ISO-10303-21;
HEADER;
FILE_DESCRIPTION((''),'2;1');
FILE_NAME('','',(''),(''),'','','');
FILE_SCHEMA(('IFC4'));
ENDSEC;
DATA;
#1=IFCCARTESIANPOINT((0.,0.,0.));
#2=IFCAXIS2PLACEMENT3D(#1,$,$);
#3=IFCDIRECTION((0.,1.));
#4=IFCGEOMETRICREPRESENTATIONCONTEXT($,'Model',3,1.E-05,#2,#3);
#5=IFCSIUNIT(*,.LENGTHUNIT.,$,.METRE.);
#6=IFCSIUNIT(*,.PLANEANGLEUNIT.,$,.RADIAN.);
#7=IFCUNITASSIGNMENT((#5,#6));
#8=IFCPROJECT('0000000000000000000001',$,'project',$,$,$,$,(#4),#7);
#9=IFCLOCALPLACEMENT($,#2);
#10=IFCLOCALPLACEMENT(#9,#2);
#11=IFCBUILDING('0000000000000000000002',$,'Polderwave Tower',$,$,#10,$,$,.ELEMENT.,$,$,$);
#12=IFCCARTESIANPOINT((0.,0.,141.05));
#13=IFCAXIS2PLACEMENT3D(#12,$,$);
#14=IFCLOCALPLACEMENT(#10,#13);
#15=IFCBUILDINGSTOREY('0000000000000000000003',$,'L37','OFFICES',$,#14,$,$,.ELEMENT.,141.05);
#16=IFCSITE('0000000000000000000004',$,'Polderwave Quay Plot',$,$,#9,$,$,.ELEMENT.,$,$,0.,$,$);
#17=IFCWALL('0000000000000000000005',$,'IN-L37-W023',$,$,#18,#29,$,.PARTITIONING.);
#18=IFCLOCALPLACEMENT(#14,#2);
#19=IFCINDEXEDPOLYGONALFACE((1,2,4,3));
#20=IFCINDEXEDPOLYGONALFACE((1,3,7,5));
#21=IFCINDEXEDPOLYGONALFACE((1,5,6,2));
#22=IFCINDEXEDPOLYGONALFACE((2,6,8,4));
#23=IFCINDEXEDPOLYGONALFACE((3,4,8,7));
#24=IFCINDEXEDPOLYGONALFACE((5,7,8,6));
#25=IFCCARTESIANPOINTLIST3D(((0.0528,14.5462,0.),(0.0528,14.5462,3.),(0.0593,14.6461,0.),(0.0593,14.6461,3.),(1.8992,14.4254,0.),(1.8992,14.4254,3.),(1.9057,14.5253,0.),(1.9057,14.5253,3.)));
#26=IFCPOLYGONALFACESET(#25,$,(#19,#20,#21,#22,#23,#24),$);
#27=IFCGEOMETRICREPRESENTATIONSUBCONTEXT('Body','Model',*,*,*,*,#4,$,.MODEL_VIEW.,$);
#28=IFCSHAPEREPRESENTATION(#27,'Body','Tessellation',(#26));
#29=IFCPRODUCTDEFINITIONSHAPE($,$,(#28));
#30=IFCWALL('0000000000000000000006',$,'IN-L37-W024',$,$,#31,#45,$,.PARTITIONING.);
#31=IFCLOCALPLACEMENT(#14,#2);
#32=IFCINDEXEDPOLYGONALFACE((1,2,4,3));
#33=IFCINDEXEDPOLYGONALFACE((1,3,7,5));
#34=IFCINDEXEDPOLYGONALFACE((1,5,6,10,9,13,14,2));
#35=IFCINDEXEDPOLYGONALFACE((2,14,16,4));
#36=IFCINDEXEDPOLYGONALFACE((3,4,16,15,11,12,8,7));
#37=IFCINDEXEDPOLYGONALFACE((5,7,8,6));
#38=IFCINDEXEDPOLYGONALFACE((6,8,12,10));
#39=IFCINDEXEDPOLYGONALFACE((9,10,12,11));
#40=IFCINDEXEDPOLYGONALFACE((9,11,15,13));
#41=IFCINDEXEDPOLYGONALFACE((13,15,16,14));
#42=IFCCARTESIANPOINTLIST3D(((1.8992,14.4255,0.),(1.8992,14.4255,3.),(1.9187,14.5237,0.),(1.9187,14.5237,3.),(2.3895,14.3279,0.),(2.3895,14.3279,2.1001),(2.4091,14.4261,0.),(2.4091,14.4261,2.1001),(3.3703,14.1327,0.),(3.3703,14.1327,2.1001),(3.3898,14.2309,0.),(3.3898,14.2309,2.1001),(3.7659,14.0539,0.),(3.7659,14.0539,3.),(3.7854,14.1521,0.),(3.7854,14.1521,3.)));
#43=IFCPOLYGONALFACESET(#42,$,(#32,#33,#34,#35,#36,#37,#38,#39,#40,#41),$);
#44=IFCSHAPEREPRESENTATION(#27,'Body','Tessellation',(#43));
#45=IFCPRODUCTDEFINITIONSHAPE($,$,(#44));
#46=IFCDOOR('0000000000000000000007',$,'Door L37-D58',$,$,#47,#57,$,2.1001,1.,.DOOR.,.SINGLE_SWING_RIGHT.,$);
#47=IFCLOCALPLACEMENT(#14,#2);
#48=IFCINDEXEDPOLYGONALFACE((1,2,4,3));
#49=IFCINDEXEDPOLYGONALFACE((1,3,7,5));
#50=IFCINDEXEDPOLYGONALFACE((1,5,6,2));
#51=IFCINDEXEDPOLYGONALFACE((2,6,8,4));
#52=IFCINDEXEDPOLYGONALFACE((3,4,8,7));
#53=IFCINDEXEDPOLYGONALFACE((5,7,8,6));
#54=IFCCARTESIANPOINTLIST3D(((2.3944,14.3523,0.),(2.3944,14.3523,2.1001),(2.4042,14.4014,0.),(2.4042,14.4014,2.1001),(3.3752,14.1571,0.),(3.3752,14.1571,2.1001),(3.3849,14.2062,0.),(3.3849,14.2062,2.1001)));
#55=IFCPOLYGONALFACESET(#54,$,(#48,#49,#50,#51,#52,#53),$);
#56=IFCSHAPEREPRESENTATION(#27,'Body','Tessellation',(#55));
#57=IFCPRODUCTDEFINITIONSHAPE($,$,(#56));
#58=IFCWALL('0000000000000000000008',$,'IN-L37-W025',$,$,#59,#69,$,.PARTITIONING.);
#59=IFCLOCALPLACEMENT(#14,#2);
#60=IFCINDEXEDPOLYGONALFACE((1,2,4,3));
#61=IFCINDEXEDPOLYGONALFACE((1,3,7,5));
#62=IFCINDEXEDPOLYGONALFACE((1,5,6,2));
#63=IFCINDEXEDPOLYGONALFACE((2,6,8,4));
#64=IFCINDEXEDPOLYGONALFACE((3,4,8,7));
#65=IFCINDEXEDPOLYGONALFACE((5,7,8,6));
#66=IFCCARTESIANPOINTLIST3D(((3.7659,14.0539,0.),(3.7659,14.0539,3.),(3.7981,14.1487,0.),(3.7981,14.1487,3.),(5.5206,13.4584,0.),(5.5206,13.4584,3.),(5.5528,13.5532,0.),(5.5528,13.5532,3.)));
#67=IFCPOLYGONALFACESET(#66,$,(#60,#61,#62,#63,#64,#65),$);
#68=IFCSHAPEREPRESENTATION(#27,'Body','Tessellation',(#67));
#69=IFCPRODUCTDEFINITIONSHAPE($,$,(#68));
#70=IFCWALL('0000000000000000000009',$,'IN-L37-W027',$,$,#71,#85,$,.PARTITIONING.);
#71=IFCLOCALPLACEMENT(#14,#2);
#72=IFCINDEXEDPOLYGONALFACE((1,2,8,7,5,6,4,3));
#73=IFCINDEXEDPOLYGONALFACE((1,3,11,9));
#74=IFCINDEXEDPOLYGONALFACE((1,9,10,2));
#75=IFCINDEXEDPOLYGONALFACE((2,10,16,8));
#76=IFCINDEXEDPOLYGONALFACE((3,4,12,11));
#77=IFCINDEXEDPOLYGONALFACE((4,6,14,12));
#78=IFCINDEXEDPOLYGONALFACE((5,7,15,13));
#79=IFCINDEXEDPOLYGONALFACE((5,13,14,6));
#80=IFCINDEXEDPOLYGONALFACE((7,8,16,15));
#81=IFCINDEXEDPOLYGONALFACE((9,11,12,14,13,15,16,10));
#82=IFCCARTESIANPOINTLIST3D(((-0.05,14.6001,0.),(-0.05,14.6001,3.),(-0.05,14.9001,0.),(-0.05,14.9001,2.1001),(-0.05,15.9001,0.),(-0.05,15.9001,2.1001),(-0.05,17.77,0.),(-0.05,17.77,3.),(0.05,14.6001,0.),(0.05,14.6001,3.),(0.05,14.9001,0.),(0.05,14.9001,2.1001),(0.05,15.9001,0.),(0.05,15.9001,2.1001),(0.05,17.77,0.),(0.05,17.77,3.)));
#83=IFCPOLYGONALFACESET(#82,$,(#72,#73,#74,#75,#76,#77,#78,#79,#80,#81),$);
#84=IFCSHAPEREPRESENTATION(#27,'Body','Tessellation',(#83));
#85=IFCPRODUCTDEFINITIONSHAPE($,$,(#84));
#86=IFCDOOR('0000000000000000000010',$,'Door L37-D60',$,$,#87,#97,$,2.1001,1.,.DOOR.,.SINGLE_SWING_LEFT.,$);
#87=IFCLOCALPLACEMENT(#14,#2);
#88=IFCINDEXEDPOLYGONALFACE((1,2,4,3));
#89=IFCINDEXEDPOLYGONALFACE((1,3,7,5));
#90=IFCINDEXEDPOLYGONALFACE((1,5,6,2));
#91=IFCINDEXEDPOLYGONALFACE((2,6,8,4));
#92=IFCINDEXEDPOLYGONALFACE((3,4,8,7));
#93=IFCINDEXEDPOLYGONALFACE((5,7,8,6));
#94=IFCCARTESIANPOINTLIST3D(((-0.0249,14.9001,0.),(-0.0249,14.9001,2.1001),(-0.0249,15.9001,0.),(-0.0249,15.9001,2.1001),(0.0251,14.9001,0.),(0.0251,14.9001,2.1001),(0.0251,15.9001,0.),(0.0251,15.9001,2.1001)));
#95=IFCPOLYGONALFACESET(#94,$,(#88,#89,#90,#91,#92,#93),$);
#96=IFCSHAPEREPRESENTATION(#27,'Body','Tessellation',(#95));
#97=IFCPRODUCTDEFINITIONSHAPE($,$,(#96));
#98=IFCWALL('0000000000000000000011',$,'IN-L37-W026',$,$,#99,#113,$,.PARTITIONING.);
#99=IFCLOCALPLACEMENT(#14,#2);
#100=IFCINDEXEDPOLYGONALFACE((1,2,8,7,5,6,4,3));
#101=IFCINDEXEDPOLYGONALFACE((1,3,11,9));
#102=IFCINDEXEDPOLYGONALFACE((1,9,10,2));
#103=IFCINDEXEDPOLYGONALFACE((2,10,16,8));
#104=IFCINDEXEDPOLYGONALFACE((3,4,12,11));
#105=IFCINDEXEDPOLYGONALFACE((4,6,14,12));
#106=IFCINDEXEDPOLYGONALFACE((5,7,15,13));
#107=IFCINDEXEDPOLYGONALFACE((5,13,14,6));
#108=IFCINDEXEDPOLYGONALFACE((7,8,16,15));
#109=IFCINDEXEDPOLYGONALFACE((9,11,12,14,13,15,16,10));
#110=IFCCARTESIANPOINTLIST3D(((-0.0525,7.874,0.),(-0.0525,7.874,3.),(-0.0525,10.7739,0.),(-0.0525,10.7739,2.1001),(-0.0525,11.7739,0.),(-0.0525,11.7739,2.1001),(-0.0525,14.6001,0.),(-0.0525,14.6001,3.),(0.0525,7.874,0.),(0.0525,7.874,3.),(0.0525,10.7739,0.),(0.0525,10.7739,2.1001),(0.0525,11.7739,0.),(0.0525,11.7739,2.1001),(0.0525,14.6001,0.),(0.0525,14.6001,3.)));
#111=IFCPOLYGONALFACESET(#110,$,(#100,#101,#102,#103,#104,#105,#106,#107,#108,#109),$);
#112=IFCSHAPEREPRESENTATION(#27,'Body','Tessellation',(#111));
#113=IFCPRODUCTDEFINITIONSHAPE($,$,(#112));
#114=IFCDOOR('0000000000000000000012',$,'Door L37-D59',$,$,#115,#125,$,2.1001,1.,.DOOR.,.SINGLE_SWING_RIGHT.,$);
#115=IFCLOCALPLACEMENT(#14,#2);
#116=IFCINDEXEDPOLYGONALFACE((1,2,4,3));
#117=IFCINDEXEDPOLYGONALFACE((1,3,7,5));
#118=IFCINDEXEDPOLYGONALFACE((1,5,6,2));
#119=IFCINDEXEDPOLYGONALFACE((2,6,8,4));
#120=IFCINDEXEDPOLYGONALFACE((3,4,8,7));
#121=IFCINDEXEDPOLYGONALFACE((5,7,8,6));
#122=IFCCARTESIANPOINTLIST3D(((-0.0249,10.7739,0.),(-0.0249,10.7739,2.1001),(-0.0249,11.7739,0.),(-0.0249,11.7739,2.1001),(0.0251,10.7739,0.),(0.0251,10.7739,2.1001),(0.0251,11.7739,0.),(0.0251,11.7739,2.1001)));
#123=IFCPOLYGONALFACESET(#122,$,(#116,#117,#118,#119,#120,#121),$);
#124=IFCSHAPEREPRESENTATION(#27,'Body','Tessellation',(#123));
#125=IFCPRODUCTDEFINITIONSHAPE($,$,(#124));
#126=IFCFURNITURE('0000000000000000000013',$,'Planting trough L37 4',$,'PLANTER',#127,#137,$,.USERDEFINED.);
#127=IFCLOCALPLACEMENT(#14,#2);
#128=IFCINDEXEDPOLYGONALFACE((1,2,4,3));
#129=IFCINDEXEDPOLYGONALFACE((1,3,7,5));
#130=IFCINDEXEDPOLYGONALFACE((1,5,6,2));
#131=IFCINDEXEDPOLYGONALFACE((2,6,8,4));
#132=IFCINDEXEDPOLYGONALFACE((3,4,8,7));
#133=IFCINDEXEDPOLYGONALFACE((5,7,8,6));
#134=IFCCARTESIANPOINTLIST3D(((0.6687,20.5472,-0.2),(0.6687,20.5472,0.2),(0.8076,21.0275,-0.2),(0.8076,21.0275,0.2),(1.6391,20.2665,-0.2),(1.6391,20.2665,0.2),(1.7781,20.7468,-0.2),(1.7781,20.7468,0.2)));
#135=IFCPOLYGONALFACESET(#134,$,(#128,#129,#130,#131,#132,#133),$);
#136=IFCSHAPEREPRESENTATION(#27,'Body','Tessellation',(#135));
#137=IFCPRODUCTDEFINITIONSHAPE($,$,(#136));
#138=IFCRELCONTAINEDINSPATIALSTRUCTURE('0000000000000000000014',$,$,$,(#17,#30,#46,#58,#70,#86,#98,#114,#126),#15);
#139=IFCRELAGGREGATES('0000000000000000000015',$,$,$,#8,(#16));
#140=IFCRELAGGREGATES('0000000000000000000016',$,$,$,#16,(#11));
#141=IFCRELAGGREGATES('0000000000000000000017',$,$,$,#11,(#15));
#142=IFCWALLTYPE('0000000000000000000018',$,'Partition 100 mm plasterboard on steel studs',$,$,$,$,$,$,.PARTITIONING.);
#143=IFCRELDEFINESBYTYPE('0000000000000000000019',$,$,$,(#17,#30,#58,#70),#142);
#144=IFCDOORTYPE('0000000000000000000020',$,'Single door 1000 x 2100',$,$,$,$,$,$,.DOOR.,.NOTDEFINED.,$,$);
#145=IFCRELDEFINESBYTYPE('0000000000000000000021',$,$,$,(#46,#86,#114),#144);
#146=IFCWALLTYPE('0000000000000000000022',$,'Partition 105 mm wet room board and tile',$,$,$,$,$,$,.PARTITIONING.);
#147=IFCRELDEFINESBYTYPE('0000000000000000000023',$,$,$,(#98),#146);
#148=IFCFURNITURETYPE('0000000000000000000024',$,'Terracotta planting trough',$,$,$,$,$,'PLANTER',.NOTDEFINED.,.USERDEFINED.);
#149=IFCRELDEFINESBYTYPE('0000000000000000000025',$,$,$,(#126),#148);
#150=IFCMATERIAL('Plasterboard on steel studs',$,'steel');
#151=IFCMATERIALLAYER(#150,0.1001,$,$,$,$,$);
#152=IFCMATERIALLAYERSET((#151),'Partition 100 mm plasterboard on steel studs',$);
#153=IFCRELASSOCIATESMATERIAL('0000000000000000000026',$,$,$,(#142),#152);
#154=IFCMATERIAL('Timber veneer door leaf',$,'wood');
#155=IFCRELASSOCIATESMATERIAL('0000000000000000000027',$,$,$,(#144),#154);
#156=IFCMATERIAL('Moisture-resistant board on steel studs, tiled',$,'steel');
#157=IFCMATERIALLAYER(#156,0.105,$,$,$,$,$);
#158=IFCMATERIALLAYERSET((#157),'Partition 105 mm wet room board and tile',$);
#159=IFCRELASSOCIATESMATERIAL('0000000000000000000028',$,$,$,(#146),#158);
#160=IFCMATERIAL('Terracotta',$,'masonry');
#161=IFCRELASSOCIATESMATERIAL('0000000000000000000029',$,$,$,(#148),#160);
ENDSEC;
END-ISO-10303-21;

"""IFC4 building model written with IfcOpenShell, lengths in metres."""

from ifc_helpers import new_model, si_unit, direction, frame, frame_2d, origin, origin_2d, place, context, subcontext, project, spatial, rectangle, extrude, material, layer, layer_set, type_object, element, fill, save


model = new_model("IFC4")

# Units and contexts
model_context = context("Model", 3, precision=1e-05, world=origin(), true_north=direction((0.0, 1.0)))
body_context = subcontext(model_context, "Body", "Model", "MODEL_VIEW")
ifc_project = project(units=[si_unit("LENGTHUNIT", "METRE"), si_unit("PLANEANGLEUNIT", "RADIAN")], contexts=[model_context])

# Site, building, storey
site_placement = place(None, origin())
site = spatial("IfcSite", under=ifc_project, at=site_placement, Name="Polderwave Quay Plot", CompositionType="ELEMENT", RefElevation=0.0)
building_placement = place(site_placement, origin())
building = spatial("IfcBuilding", under=site, at=building_placement, Name="Polderwave Tower", CompositionType="ELEMENT")
storey_placement = place(building_placement, frame((0.0, 0.0, 141.05)))
storey = spatial("IfcBuildingStorey", under=building, at=storey_placement, Name="L37", Description="OFFICES", CompositionType="ELEMENT", Elevation=141.05)

# Shared definitions
ifc_material_1 = material(Name="Plasterboard on steel studs", Category="steel")
ifc_layer_1 = layer(ifc_material_1, 0.1001)
ifc_layer_set_1 = layer_set([ifc_layer_1], Name="Partition 100 mm plasterboard on steel studs")
wall_type_1 = type_object("IfcWallType", Name="Partition 100 mm plasterboard on steel studs", PredefinedType="PARTITIONING", material=ifc_layer_set_1)
ifc_material_2 = material(Name="Timber veneer door leaf", Category="wood")
door_type = type_object("IfcDoorType", Name="Single door 1000 x 2100", OperationType="NOTDEFINED", PredefinedType="DOOR", material=ifc_material_2)

# Wall
wall_1_placement = place(storey_placement, frame((0.0559, 14.5962, 0.0), z_axis=(0.0, 0.0, 1.0), x_axis=(0.997865, -0.06531, 0.0)))
element("IfcWall", 1, at=wall_1_placement, inside=storey, type_object=wall_type_1, Name="IN-L37-W023", PredefinedType="PARTITIONING", context=body_context, shape_type="SweptSolid", body=[
    extrude(rectangle(XDim=1.8503, YDim=0.1001, at=frame_2d((0.9253, 0.0))), origin(), (0.0, 0.0, 1.0), 3.0),
])

# Wall, opening, door
wall_2_placement = place(storey_placement, frame((1.9089, 14.4746, 0.0), z_axis=(0.0, 0.0, 1.0), x_axis=(0.980758, -0.195228, 0.0)))
wall_2 = element("IfcWall", 2, at=wall_2_placement, inside=storey, type_object=wall_type_1, Name="IN-L37-W024", PredefinedType="PARTITIONING", context=body_context, shape_type="SweptSolid", body=[
    extrude(rectangle(XDim=1.9033, YDim=0.1001, at=frame_2d((0.9517, 0.0))), origin(), (0.0, 0.0, 1.0), 3.0),
])
opening_1_placement = place(wall_2_placement, frame((0.5, 0.0, 0.0)))
opening_1 = element("IfcOpeningElement", 3, at=opening_1_placement, cuts=wall_2, PredefinedType="OPENING", context=body_context, shape_type="SweptSolid", body=[
    extrude(rectangle(XDim=1.0, YDim=2.1001, at=frame_2d((0.5, 1.05))), frame((0.0, 0.0601, 0.0), z_axis=(0.0, -1.0, 0.0), x_axis=(1.0, 0.0, 0.0)), (0.0, 0.0, 1.0), 0.1201),
])
door_1_placement = place(opening_1_placement, origin())
door_1 = element("IfcDoor", 4, at=door_1_placement, inside=storey, type_object=door_type, Name="Door L37-D58", OperationType="SINGLE_SWING_RIGHT", OverallHeight=2.1001, OverallWidth=1.0, PredefinedType="DOOR", context=body_context, shape_type="SweptSolid", body=[
    extrude(rectangle(XDim=1.0, YDim=2.1001, at=frame_2d((0.5, 1.05))), frame((0.0, 0.0249, 0.0), z_axis=(0.0, -1.0, 0.0), x_axis=(1.0, 0.0, 0.0)), (0.0, 0.0, 1.0), 0.05),
])
fill(opening_1, door_1)

# Wall
wall_3_placement = place(storey_placement, frame((3.782, 14.1013, 0.0), z_axis=(0.0, 0.0, 1.0), x_axis=(0.946957, -0.321362, 0.0)))
element("IfcWall", 5, at=wall_3_placement, inside=storey, type_object=wall_type_1, Name="IN-L37-W025", PredefinedType="PARTITIONING", context=body_context, shape_type="SweptSolid", body=[
    extrude(rectangle(XDim=1.853, YDim=0.1001, at=frame_2d((0.9265, 0.0))), origin(), (0.0, 0.0, 1.0), 3.0),
])

# Walls, openings, doors
wall_4_placement = place(storey_placement, frame((0.0, 14.6001, 0.0), z_axis=(0.0, 0.0, 1.0), x_axis=(0.0, 1.0, 0.0)))
wall_4 = element("IfcWall", 6, at=wall_4_placement, inside=storey, type_object=wall_type_1, Name="IN-L37-W027", PredefinedType="PARTITIONING", context=body_context, shape_type="SweptSolid", body=[
    extrude(rectangle(XDim=3.1699, YDim=0.1001, at=frame_2d((1.585, 0.0))), origin(), (0.0, 0.0, 1.0), 3.0),
])
opening_2_placement = place(wall_4_placement, frame((0.3, 0.0, 0.0)))
opening_2 = element("IfcOpeningElement", 7, at=opening_2_placement, cuts=wall_4, PredefinedType="OPENING", context=body_context, shape_type="SweptSolid", body=[
    extrude(rectangle(XDim=1.0, YDim=2.1001, at=frame_2d((0.5, 1.05))), frame((0.0, 0.0601, 0.0), z_axis=(0.0, -1.0, 0.0), x_axis=(1.0, 0.0, 0.0)), (0.0, 0.0, 1.0), 0.1201),
])
door_2_placement = place(opening_2_placement, origin())
door_2 = element("IfcDoor", 8, at=door_2_placement, inside=storey, type_object=door_type, Name="Door L37-D60", OperationType="SINGLE_SWING_LEFT", OverallHeight=2.1001, OverallWidth=1.0, PredefinedType="DOOR", context=body_context, shape_type="SweptSolid", body=[
    extrude(rectangle(XDim=1.0, YDim=2.1001, at=frame_2d((0.5, 1.05))), frame((0.0, 0.0249, 0.0), z_axis=(0.0, -1.0, 0.0), x_axis=(1.0, 0.0, 0.0)), (0.0, 0.0, 1.0), 0.05),
])
fill(opening_2, door_2)
ifc_material_3 = material(Name="Moisture-resistant board on steel studs, tiled", Category="steel")
ifc_layer_2 = layer(ifc_material_3, 0.105)
ifc_layer_set_2 = layer_set([ifc_layer_2], Name="Partition 105 mm wet room board and tile")
wall_type_2 = type_object("IfcWallType", Name="Partition 105 mm wet room board and tile", PredefinedType="PARTITIONING", material=ifc_layer_set_2)
wall_5_placement = place(storey_placement, frame((0.0, 7.874, 0.0), z_axis=(0.0, 0.0, 1.0), x_axis=(0.0, 1.0, 0.0)))
wall_5 = element("IfcWall", 9, at=wall_5_placement, inside=storey, type_object=wall_type_2, Name="IN-L37-W026", PredefinedType="PARTITIONING", context=body_context, shape_type="SweptSolid", body=[
    extrude(rectangle(XDim=6.7261, YDim=0.105, at=frame_2d((3.363, 0.0))), origin(), (0.0, 0.0, 1.0), 3.0),
])
opening_3_placement = place(wall_5_placement, frame((2.8999, 0.0, 0.0)))
opening_3 = element("IfcOpeningElement", 10, at=opening_3_placement, cuts=wall_5, PredefinedType="OPENING", context=body_context, shape_type="SweptSolid", body=[
    extrude(rectangle(XDim=1.0, YDim=2.1001, at=frame_2d((0.5, 1.05))), frame((0.0, 0.0625, 0.0), z_axis=(0.0, -1.0, 0.0), x_axis=(1.0, 0.0, 0.0)), (0.0, 0.0, 1.0), 0.125),
])
door_3_placement = place(opening_3_placement, origin())
door_3 = element("IfcDoor", 11, at=door_3_placement, inside=storey, type_object=door_type, Name="Door L37-D59", OperationType="SINGLE_SWING_RIGHT", OverallHeight=2.1001, OverallWidth=1.0, PredefinedType="DOOR", context=body_context, shape_type="SweptSolid", body=[
    extrude(rectangle(XDim=1.0, YDim=2.1001, at=frame_2d((0.5, 1.05))), frame((0.0, 0.0249, 0.0), z_axis=(0.0, -1.0, 0.0), x_axis=(1.0, 0.0, 0.0)), (0.0, 0.0, 1.0), 0.05),
])
fill(opening_3, door_3)

# Furniture
ifc_material_4 = material(Name="Terracotta", Category="masonry")
furniture_type = type_object("IfcFurnitureType", Name="Terracotta planting trough", ElementType="PLANTER", AssemblyPlace="NOTDEFINED", PredefinedType="USERDEFINED", material=ifc_material_4)
furniture_placement = place(storey_placement, frame((1.2234, 20.647, -0.2), z_axis=(0.0, 0.0, 1.0), x_axis=(-0.960614, 0.277885, 0.0)))
element("IfcFurniture", 12, at=furniture_placement, inside=storey, type_object=furniture_type, Name="Planting trough L37 4", ObjectType="PLANTER", PredefinedType="USERDEFINED", context=body_context, shape_type="SweptSolid", body=[
    extrude(rectangle(XDim=1.0103, YDim=0.5, at=origin_2d()), origin(), (0.0, 0.0, 1.0), 0.3999),
])

save(model, "model.ifc")
